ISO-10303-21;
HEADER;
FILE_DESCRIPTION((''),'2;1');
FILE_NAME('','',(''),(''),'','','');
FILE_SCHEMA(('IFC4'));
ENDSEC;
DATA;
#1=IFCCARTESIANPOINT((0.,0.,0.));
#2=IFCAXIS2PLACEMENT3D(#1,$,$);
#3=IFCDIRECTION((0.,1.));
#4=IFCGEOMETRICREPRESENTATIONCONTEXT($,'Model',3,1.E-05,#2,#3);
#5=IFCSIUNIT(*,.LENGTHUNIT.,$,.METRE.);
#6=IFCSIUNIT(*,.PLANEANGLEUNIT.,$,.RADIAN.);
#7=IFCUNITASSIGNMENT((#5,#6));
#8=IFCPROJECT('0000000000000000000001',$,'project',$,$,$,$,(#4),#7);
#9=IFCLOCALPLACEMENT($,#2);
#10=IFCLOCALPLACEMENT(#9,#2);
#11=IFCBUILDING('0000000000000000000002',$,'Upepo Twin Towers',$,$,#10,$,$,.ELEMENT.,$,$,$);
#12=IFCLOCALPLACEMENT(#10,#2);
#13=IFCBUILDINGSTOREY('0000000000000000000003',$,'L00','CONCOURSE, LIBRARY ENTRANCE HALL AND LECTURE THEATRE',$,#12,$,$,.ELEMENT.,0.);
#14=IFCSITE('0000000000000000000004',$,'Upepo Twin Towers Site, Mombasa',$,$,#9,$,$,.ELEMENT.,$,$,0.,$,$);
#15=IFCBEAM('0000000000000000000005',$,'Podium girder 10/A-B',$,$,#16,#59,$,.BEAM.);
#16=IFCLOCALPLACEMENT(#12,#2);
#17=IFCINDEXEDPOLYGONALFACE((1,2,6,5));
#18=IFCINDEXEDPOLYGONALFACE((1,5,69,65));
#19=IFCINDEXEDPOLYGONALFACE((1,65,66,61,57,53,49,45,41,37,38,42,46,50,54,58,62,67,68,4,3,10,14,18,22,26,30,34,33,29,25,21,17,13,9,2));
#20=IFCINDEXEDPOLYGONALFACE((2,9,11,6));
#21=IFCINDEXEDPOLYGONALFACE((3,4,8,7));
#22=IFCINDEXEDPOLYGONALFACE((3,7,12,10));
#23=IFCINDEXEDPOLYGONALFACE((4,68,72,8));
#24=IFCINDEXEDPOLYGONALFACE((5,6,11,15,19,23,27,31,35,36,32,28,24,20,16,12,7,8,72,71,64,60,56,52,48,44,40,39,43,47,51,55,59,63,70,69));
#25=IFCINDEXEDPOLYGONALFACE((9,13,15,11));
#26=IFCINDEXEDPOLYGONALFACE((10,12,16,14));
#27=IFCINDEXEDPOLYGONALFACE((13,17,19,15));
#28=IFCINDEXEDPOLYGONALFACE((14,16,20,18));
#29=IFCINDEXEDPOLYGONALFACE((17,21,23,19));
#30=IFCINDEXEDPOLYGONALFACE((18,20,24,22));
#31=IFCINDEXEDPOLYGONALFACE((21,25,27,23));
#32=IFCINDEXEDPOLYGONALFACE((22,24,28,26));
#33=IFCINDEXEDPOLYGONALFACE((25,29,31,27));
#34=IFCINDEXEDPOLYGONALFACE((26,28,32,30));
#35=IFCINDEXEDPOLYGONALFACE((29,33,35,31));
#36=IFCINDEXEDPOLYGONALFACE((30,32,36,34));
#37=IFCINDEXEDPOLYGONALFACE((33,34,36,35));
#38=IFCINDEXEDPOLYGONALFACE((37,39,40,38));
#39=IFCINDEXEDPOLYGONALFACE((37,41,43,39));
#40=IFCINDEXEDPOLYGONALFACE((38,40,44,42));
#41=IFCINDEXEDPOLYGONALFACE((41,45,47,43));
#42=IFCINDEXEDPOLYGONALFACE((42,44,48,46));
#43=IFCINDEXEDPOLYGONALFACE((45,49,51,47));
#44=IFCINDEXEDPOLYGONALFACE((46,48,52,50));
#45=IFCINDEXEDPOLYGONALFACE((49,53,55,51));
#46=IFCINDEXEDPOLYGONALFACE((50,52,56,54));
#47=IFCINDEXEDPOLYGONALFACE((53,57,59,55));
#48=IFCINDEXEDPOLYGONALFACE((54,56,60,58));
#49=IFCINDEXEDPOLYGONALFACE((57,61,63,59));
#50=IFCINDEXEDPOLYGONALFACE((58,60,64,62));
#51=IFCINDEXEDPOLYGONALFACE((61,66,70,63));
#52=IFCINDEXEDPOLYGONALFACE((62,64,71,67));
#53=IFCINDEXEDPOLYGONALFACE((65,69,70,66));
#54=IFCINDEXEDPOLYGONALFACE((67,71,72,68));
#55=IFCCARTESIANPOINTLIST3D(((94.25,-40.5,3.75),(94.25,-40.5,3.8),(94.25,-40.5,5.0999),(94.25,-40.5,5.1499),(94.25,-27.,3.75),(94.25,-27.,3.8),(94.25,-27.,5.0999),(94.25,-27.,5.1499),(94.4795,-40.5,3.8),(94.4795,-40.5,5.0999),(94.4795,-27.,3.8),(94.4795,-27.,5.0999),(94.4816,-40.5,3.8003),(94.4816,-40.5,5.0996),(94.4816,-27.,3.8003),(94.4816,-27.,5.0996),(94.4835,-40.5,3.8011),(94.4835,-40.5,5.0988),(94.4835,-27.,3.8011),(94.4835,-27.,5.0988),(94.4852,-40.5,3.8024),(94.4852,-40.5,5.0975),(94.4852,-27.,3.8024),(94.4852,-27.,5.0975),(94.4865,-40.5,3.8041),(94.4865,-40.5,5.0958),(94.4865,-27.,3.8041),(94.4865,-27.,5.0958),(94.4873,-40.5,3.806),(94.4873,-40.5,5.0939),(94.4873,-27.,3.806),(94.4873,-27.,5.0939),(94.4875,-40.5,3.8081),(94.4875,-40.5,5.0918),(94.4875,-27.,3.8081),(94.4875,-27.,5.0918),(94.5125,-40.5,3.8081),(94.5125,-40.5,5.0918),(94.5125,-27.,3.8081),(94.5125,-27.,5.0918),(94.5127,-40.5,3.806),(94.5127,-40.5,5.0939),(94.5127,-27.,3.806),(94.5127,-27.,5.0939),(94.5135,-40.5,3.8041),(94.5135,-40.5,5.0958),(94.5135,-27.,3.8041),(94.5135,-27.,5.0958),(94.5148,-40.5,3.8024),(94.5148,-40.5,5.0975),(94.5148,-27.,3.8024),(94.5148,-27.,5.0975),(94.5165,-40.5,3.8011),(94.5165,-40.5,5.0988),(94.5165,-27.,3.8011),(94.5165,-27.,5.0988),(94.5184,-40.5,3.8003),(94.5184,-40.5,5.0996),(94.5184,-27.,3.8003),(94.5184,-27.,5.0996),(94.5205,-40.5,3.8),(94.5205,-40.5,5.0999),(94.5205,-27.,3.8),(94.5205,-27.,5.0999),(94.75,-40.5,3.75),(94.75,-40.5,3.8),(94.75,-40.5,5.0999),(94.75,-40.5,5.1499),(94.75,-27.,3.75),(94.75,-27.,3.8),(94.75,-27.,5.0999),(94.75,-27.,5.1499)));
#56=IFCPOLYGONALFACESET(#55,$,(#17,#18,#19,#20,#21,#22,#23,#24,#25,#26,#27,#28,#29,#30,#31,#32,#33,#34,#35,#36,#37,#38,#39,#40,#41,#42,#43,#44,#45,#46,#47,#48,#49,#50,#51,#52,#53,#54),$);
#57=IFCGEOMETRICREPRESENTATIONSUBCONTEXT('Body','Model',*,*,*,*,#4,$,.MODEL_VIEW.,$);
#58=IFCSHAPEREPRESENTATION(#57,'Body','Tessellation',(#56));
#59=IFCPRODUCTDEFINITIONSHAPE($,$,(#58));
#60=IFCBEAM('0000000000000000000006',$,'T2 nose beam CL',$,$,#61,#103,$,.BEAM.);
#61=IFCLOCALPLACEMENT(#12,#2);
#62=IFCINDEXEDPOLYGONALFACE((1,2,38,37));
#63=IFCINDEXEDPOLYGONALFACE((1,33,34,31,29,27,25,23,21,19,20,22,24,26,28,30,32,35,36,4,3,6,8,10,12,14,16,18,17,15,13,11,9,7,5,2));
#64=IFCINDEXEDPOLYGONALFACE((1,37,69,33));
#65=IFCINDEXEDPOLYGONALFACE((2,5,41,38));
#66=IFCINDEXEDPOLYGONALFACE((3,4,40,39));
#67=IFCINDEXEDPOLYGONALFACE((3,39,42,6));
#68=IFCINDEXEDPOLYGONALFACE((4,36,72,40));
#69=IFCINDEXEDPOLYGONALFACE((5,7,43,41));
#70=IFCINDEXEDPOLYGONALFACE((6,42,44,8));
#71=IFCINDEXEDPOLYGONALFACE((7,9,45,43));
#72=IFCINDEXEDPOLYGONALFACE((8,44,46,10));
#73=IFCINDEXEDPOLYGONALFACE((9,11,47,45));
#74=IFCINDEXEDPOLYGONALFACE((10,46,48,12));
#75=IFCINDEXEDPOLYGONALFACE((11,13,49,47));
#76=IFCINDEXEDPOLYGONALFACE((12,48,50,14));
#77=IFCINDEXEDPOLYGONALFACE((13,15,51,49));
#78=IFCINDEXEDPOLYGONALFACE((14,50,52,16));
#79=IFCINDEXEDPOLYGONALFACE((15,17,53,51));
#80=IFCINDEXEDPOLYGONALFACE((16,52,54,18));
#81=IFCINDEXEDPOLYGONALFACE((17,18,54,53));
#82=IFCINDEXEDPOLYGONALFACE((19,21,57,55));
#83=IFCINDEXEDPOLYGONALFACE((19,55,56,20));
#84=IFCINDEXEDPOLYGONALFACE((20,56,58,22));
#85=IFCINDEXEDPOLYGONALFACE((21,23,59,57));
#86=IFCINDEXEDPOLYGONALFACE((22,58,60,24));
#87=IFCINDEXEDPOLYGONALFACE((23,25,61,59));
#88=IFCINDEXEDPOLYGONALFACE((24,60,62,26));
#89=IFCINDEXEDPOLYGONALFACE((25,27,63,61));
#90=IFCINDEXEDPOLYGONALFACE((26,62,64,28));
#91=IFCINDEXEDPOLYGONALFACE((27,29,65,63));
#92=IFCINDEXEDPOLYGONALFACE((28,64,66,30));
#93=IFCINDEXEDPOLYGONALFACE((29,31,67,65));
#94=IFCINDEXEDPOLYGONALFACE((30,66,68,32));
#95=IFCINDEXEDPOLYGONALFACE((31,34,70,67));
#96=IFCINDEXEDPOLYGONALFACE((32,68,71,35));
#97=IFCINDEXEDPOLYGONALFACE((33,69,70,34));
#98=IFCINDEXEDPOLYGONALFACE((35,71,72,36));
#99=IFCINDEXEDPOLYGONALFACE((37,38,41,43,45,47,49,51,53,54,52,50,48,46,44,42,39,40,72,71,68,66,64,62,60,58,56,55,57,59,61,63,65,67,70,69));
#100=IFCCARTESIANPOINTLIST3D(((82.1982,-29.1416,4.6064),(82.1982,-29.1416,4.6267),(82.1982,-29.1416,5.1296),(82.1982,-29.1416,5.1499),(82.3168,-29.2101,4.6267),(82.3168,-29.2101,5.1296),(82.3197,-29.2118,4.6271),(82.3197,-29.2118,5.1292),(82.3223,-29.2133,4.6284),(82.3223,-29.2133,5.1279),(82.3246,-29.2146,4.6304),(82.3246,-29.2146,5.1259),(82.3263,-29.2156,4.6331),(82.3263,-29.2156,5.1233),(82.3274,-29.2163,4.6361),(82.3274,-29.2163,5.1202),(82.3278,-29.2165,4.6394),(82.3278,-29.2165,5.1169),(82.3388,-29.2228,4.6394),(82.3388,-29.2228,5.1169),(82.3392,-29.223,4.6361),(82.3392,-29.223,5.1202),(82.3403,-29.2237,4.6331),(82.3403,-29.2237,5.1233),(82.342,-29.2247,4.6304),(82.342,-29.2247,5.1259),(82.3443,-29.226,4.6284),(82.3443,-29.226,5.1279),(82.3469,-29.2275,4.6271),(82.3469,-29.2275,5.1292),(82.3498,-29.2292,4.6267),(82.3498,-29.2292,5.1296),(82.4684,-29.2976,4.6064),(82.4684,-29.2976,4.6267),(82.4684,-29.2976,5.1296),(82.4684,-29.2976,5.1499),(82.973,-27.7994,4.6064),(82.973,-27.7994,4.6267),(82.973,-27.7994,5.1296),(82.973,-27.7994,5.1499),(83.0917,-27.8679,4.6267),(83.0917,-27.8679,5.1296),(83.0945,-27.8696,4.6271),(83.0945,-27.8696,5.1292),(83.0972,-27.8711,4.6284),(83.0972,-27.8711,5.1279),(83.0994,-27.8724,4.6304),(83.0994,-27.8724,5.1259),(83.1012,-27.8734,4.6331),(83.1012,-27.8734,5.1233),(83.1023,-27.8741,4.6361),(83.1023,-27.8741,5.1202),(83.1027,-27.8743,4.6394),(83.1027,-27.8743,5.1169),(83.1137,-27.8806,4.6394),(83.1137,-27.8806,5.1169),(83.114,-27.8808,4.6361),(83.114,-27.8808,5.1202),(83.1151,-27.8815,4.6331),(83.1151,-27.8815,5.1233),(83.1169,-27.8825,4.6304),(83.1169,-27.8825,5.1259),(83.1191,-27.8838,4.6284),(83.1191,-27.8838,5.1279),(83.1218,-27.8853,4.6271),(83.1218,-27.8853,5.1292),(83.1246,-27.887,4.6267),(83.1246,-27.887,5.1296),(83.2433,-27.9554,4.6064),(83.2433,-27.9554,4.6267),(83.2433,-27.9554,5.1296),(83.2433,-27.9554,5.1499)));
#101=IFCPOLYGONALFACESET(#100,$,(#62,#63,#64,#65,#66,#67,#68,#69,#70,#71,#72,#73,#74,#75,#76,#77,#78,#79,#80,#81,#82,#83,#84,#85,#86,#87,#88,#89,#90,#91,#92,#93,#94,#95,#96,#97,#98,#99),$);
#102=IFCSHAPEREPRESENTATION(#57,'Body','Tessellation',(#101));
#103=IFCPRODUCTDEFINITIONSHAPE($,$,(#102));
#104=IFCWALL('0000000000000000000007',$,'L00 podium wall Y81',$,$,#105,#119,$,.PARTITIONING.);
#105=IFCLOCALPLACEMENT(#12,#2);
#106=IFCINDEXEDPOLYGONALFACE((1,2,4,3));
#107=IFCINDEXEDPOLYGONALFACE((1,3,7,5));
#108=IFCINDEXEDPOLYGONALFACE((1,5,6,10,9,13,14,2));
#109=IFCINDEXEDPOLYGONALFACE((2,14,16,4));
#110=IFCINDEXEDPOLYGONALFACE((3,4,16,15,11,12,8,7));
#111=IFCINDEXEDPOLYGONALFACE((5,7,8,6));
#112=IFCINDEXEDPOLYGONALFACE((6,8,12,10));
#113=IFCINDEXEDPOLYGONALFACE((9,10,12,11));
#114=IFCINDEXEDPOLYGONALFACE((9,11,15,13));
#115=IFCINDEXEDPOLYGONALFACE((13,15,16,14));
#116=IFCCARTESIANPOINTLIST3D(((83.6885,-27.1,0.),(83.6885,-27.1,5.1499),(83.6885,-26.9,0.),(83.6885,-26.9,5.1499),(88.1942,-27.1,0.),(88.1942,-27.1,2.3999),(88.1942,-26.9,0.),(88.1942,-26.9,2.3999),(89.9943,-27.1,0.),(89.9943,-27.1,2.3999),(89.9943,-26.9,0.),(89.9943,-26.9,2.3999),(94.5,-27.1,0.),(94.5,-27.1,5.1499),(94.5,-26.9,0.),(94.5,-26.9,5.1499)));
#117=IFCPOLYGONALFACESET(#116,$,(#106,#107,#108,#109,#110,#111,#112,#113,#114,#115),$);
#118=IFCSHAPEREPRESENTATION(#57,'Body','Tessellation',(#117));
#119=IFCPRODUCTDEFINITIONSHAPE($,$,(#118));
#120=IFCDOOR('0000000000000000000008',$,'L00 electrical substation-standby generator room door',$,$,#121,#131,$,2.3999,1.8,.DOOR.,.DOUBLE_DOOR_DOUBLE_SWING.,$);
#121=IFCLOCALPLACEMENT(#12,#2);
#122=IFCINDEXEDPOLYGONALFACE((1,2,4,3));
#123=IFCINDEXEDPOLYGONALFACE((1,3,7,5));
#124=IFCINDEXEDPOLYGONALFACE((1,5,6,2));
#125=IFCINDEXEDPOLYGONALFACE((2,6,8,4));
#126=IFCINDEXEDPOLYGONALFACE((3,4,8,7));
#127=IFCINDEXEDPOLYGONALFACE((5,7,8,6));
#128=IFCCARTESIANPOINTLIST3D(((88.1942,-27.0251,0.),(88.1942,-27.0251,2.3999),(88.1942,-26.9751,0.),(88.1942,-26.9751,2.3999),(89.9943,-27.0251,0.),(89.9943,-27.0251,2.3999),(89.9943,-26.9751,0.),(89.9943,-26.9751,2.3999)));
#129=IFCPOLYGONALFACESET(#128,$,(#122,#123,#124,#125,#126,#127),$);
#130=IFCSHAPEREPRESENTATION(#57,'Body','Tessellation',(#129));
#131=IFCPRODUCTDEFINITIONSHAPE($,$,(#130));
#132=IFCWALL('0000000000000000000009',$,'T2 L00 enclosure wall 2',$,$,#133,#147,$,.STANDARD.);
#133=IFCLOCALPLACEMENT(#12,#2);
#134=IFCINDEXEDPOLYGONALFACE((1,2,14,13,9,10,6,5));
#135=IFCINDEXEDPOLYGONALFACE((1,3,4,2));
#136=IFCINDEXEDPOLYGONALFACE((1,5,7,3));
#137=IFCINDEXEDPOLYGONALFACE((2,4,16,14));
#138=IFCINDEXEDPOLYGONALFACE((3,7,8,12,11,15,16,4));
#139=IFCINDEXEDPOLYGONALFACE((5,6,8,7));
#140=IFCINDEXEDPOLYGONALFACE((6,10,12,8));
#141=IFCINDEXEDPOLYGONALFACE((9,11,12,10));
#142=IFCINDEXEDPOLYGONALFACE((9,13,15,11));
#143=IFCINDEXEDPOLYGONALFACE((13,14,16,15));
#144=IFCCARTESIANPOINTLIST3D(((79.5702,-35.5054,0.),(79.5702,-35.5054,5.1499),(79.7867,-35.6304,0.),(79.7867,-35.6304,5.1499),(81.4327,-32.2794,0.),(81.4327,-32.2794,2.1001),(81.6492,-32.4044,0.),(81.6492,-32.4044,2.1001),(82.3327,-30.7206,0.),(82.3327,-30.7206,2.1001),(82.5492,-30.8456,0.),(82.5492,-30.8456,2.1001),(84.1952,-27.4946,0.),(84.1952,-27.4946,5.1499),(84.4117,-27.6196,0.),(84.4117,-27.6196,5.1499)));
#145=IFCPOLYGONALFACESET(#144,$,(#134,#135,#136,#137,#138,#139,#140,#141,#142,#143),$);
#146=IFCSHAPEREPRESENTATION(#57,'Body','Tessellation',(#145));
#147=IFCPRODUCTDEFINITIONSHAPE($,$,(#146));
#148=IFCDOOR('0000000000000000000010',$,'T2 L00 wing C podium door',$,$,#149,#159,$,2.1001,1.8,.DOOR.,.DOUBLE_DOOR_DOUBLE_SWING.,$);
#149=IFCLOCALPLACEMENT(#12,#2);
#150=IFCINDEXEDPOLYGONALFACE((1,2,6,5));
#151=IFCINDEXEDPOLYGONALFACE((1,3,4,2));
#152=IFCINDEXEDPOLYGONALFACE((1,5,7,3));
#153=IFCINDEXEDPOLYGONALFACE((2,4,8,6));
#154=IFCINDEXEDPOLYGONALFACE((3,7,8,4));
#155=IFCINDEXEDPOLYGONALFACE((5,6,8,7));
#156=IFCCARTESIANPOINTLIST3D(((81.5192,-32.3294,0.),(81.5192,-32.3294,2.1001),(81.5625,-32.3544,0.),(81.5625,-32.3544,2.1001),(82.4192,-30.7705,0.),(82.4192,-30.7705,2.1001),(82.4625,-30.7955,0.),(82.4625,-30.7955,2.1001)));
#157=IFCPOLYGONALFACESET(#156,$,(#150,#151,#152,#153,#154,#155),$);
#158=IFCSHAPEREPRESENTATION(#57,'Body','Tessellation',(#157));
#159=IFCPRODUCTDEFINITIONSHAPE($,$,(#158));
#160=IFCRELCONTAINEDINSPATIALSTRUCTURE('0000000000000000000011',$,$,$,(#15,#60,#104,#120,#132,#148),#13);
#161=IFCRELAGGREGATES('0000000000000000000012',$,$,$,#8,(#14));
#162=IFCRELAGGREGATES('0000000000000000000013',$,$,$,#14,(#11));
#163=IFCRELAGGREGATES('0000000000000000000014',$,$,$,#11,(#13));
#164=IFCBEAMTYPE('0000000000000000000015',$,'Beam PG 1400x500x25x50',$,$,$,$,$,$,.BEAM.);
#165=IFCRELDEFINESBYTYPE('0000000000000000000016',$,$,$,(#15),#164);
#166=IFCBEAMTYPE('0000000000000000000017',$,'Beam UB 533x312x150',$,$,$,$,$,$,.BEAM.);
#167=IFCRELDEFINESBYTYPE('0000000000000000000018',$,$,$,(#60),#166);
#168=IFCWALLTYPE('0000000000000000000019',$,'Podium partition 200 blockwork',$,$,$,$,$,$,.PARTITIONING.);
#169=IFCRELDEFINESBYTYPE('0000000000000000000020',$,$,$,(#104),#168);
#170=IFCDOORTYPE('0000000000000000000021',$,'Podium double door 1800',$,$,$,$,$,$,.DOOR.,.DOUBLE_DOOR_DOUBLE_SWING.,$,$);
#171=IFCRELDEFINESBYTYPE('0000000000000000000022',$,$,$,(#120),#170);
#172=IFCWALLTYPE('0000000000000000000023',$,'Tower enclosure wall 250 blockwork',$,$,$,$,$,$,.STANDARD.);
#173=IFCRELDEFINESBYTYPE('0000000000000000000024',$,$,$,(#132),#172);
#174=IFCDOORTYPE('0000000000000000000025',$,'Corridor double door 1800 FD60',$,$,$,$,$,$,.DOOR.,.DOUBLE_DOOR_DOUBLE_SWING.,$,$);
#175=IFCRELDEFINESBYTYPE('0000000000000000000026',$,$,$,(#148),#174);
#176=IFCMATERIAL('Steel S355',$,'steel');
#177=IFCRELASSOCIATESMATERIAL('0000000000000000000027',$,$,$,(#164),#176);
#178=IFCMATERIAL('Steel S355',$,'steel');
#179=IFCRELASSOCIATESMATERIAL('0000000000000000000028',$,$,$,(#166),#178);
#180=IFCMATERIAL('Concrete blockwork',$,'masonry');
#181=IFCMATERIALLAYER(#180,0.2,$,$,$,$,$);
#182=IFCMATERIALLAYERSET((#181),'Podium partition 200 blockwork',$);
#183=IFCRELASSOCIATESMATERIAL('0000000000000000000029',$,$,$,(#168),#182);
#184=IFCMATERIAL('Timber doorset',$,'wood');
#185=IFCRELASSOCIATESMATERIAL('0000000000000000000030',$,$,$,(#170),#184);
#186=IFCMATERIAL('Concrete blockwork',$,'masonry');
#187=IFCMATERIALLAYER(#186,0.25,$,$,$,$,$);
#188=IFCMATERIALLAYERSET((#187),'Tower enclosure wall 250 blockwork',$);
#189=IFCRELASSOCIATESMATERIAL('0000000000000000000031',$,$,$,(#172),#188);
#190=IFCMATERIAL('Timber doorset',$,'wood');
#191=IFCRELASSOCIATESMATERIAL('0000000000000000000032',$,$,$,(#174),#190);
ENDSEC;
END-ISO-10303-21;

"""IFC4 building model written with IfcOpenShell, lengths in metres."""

from ifc_helpers import new_model, si_unit, direction, frame, frame_2d, origin, origin_2d, place, context, subcontext, project, spatial, rectangle, i_section, extrude, material, layer, layer_set, material_profile, profile_set, type_object, element, fill, save


model = new_model("IFC4")

# Units and contexts
model_context = context("Model", 3, precision=1e-05, world=origin(), true_north=direction((0.0, 1.0)))
body_context = subcontext(model_context, "Body", "Model", "MODEL_VIEW")
ifc_project = project(units=[si_unit("LENGTHUNIT", "METRE"), si_unit("PLANEANGLEUNIT", "RADIAN")], contexts=[model_context])

# Site, building, storey
site_placement = place(None, origin())
site = spatial("IfcSite", under=ifc_project, at=site_placement, Name="Upepo Twin Towers Site, Mombasa", CompositionType="ELEMENT", RefElevation=0.0)
building_placement = place(site_placement, origin())
building = spatial("IfcBuilding", under=site, at=building_placement, Name="Upepo Twin Towers", CompositionType="ELEMENT")
storey_placement = place(building_placement, origin())
storey = spatial("IfcBuildingStorey", under=building, at=storey_placement, Name="L00", Description="CONCOURSE, LIBRARY ENTRANCE HALL AND LECTURE THEATRE", CompositionType="ELEMENT", Elevation=0.0)

# Beams
ifc_material_1 = material(Name="Steel S355", Category="steel")
ifc_material_profile_1 = material_profile(ifc_material_1, i_section(OverallWidth=0.5, OverallDepth=1.3999, WebThickness=0.0249, FlangeThickness=0.05, FilletRadius=0.0081, at=origin_2d()), Name="PG 1400x500x25x50")
ifc_profile_set_1 = profile_set([ifc_material_profile_1], Name="Steel S355")
beam_type_1 = type_object("IfcBeamType", Name="Beam PG 1400x500x25x50", PredefinedType="BEAM", material=ifc_profile_set_1)
beam_1_placement = place(storey_placement, frame((94.5, -40.5, 4.45), z_axis=(0.0, 1.0, 0.0), x_axis=(-1.0, 0.0, 0.0)))
element("IfcBeam", 1, at=beam_1_placement, inside=storey, type_object=beam_type_1, Name="Podium girder 10/A-B", PredefinedType="BEAM", context=body_context, shape_type="SweptSolid", body=[
    extrude(i_section(OverallWidth=0.5, OverallDepth=1.3999, WebThickness=0.0249, FlangeThickness=0.05, FilletRadius=0.0081, at=origin_2d()), origin(), (0.0, 0.0, 1.0), 13.5),
])
ifc_material_2 = material(Name="Steel S355", Category="steel")
ifc_material_profile_2 = material_profile(ifc_material_2, i_section(OverallWidth=0.312, OverallDepth=0.5435, WebThickness=0.0127, FlangeThickness=0.0203, FilletRadius=0.0127, at=origin_2d()), Name="UB 533x312x150")
ifc_profile_set_2 = profile_set([ifc_material_profile_2], Name="Steel S355")
beam_type_2 = type_object("IfcBeamType", Name="Beam UB 533x312x150", PredefinedType="BEAM", material=ifc_profile_set_2)
beam_2_placement = place(storey_placement, frame((83.1082, -27.8774, 4.8782), z_axis=(-0.499968, -0.866044, 0.0), x_axis=(0.866044, -0.499968, 0.0)))
element("IfcBeam", 2, at=beam_2_placement, inside=storey, type_object=beam_type_2, Name="T2 nose beam CL", PredefinedType="BEAM", context=body_context, shape_type="SweptSolid", body=[
    extrude(i_section(OverallWidth=0.312, OverallDepth=0.5435, WebThickness=0.0127, FlangeThickness=0.0203, FilletRadius=0.0127, at=origin_2d()), origin(), (0.0, 0.0, 1.0), 1.5498),
])

# Walls, openings, doors
ifc_material_3 = material(Name="Concrete blockwork", Category="masonry")
ifc_layer_1 = layer(ifc_material_3, 0.2)
ifc_layer_set_1 = layer_set([ifc_layer_1], Name="Podium partition 200 blockwork")
wall_type_1 = type_object("IfcWallType", Name="Podium partition 200 blockwork", PredefinedType="PARTITIONING", material=ifc_layer_set_1)
wall_1_placement = place(storey_placement, frame((83.6885, -27.0, 0.0), z_axis=(0.0, 0.0, 1.0), x_axis=(1.0, 0.0, 0.0)))
wall_1 = element("IfcWall", 3, at=wall_1_placement, inside=storey, type_object=wall_type_1, Name="L00 podium wall Y81", PredefinedType="PARTITIONING", context=body_context, shape_type="SweptSolid", body=[
    extrude(rectangle(XDim=10.8115, YDim=0.2, at=frame_2d((5.4058, 0.0))), origin(), (0.0, 0.0, 1.0), 5.1499),
])
opening_1_placement = place(wall_1_placement, frame((4.5059, 0.0, 0.0)))
opening_1 = element("IfcOpeningElement", 4, at=opening_1_placement, cuts=wall_1, PredefinedType="OPENING", context=body_context, shape_type="SweptSolid", body=[
    extrude(rectangle(XDim=1.8, YDim=2.3999, at=frame_2d((0.8999, 1.2))), frame((0.0, 0.1099, 0.0), z_axis=(0.0, -1.0, 0.0), x_axis=(1.0, 0.0, 0.0)), (0.0, 0.0, 1.0), 0.22),
])
ifc_material_4 = material(Name="Timber doorset", Category="wood")
door_type_1 = type_object("IfcDoorType", Name="Podium double door 1800", OperationType="DOUBLE_DOOR_DOUBLE_SWING", PredefinedType="DOOR", material=ifc_material_4)
door_1_placement = place(opening_1_placement, origin())
door_1 = element("IfcDoor", 5, at=door_1_placement, inside=storey, type_object=door_type_1, Name="L00 electrical substation-standby generator room door", OperationType="DOUBLE_DOOR_DOUBLE_SWING", OverallHeight=2.3999, OverallWidth=1.8, PredefinedType="DOOR", context=body_context, shape_type="SweptSolid", body=[
    extrude(rectangle(XDim=1.8, YDim=2.3999, at=frame_2d((0.8999, 1.2))), frame((0.0, 0.0249, 0.0), z_axis=(0.0, -1.0, 0.0), x_axis=(1.0, 0.0, 0.0)), (0.0, 0.0, 1.0), 0.05),
])
fill(opening_1, door_1)
ifc_material_5 = material(Name="Concrete blockwork", Category="masonry")
ifc_layer_2 = layer(ifc_material_5, 0.25)
ifc_layer_set_2 = layer_set([ifc_layer_2], Name="Tower enclosure wall 250 blockwork")
wall_type_2 = type_object("IfcWallType", Name="Tower enclosure wall 250 blockwork", PredefinedType="STANDARD", material=ifc_layer_set_2)
wall_2_placement = place(storey_placement, frame((84.3035, -27.5571, 0.0), z_axis=(0.0, 0.0, 1.0), x_axis=(-0.5, -0.866026, 0.0)))
wall_2 = element("IfcWall", 6, at=wall_2_placement, inside=storey, type_object=wall_type_2, Name="T2 L00 enclosure wall 2", PredefinedType="STANDARD", context=body_context, shape_type="SweptSolid", body=[
    extrude(rectangle(XDim=9.25, YDim=0.25, at=frame_2d((4.625, 0.0))), origin(), (0.0, 0.0, 1.0), 5.1499),
])
opening_2_placement = place(wall_2_placement, frame((3.7251, 0.0, 0.0)))
opening_2 = element("IfcOpeningElement", 7, at=opening_2_placement, cuts=wall_2, PredefinedType="OPENING", context=body_context, shape_type="SweptSolid", body=[
    extrude(rectangle(XDim=1.8, YDim=2.1001, at=frame_2d((0.8999, 1.05))), frame((0.0, 0.135, 0.0), z_axis=(0.0, -1.0, 0.0), x_axis=(1.0, 0.0, 0.0)), (0.0, 0.0, 1.0), 0.27),
])
ifc_material_6 = material(Name="Timber doorset", Category="wood")
door_type_2 = type_object("IfcDoorType", Name="Corridor double door 1800 FD60", OperationType="DOUBLE_DOOR_DOUBLE_SWING", PredefinedType="DOOR", material=ifc_material_6)
door_2_placement = place(opening_2_placement, origin())
door_2 = element("IfcDoor", 8, at=door_2_placement, inside=storey, type_object=door_type_2, Name="T2 L00 wing C podium door", OperationType="DOUBLE_DOOR_DOUBLE_SWING", OverallHeight=2.1001, OverallWidth=1.8, PredefinedType="DOOR", context=body_context, shape_type="SweptSolid", body=[
    extrude(rectangle(XDim=1.8, YDim=2.1001, at=frame_2d((0.8999, 1.05))), frame((0.0, 0.0249, 0.0), z_axis=(0.0, -1.0, 0.0), x_axis=(1.0, 0.0, 0.0)), (0.0, 0.0, 1.0), 0.05),
])
fill(opening_2, door_2)

save(model, "model.ifc")
